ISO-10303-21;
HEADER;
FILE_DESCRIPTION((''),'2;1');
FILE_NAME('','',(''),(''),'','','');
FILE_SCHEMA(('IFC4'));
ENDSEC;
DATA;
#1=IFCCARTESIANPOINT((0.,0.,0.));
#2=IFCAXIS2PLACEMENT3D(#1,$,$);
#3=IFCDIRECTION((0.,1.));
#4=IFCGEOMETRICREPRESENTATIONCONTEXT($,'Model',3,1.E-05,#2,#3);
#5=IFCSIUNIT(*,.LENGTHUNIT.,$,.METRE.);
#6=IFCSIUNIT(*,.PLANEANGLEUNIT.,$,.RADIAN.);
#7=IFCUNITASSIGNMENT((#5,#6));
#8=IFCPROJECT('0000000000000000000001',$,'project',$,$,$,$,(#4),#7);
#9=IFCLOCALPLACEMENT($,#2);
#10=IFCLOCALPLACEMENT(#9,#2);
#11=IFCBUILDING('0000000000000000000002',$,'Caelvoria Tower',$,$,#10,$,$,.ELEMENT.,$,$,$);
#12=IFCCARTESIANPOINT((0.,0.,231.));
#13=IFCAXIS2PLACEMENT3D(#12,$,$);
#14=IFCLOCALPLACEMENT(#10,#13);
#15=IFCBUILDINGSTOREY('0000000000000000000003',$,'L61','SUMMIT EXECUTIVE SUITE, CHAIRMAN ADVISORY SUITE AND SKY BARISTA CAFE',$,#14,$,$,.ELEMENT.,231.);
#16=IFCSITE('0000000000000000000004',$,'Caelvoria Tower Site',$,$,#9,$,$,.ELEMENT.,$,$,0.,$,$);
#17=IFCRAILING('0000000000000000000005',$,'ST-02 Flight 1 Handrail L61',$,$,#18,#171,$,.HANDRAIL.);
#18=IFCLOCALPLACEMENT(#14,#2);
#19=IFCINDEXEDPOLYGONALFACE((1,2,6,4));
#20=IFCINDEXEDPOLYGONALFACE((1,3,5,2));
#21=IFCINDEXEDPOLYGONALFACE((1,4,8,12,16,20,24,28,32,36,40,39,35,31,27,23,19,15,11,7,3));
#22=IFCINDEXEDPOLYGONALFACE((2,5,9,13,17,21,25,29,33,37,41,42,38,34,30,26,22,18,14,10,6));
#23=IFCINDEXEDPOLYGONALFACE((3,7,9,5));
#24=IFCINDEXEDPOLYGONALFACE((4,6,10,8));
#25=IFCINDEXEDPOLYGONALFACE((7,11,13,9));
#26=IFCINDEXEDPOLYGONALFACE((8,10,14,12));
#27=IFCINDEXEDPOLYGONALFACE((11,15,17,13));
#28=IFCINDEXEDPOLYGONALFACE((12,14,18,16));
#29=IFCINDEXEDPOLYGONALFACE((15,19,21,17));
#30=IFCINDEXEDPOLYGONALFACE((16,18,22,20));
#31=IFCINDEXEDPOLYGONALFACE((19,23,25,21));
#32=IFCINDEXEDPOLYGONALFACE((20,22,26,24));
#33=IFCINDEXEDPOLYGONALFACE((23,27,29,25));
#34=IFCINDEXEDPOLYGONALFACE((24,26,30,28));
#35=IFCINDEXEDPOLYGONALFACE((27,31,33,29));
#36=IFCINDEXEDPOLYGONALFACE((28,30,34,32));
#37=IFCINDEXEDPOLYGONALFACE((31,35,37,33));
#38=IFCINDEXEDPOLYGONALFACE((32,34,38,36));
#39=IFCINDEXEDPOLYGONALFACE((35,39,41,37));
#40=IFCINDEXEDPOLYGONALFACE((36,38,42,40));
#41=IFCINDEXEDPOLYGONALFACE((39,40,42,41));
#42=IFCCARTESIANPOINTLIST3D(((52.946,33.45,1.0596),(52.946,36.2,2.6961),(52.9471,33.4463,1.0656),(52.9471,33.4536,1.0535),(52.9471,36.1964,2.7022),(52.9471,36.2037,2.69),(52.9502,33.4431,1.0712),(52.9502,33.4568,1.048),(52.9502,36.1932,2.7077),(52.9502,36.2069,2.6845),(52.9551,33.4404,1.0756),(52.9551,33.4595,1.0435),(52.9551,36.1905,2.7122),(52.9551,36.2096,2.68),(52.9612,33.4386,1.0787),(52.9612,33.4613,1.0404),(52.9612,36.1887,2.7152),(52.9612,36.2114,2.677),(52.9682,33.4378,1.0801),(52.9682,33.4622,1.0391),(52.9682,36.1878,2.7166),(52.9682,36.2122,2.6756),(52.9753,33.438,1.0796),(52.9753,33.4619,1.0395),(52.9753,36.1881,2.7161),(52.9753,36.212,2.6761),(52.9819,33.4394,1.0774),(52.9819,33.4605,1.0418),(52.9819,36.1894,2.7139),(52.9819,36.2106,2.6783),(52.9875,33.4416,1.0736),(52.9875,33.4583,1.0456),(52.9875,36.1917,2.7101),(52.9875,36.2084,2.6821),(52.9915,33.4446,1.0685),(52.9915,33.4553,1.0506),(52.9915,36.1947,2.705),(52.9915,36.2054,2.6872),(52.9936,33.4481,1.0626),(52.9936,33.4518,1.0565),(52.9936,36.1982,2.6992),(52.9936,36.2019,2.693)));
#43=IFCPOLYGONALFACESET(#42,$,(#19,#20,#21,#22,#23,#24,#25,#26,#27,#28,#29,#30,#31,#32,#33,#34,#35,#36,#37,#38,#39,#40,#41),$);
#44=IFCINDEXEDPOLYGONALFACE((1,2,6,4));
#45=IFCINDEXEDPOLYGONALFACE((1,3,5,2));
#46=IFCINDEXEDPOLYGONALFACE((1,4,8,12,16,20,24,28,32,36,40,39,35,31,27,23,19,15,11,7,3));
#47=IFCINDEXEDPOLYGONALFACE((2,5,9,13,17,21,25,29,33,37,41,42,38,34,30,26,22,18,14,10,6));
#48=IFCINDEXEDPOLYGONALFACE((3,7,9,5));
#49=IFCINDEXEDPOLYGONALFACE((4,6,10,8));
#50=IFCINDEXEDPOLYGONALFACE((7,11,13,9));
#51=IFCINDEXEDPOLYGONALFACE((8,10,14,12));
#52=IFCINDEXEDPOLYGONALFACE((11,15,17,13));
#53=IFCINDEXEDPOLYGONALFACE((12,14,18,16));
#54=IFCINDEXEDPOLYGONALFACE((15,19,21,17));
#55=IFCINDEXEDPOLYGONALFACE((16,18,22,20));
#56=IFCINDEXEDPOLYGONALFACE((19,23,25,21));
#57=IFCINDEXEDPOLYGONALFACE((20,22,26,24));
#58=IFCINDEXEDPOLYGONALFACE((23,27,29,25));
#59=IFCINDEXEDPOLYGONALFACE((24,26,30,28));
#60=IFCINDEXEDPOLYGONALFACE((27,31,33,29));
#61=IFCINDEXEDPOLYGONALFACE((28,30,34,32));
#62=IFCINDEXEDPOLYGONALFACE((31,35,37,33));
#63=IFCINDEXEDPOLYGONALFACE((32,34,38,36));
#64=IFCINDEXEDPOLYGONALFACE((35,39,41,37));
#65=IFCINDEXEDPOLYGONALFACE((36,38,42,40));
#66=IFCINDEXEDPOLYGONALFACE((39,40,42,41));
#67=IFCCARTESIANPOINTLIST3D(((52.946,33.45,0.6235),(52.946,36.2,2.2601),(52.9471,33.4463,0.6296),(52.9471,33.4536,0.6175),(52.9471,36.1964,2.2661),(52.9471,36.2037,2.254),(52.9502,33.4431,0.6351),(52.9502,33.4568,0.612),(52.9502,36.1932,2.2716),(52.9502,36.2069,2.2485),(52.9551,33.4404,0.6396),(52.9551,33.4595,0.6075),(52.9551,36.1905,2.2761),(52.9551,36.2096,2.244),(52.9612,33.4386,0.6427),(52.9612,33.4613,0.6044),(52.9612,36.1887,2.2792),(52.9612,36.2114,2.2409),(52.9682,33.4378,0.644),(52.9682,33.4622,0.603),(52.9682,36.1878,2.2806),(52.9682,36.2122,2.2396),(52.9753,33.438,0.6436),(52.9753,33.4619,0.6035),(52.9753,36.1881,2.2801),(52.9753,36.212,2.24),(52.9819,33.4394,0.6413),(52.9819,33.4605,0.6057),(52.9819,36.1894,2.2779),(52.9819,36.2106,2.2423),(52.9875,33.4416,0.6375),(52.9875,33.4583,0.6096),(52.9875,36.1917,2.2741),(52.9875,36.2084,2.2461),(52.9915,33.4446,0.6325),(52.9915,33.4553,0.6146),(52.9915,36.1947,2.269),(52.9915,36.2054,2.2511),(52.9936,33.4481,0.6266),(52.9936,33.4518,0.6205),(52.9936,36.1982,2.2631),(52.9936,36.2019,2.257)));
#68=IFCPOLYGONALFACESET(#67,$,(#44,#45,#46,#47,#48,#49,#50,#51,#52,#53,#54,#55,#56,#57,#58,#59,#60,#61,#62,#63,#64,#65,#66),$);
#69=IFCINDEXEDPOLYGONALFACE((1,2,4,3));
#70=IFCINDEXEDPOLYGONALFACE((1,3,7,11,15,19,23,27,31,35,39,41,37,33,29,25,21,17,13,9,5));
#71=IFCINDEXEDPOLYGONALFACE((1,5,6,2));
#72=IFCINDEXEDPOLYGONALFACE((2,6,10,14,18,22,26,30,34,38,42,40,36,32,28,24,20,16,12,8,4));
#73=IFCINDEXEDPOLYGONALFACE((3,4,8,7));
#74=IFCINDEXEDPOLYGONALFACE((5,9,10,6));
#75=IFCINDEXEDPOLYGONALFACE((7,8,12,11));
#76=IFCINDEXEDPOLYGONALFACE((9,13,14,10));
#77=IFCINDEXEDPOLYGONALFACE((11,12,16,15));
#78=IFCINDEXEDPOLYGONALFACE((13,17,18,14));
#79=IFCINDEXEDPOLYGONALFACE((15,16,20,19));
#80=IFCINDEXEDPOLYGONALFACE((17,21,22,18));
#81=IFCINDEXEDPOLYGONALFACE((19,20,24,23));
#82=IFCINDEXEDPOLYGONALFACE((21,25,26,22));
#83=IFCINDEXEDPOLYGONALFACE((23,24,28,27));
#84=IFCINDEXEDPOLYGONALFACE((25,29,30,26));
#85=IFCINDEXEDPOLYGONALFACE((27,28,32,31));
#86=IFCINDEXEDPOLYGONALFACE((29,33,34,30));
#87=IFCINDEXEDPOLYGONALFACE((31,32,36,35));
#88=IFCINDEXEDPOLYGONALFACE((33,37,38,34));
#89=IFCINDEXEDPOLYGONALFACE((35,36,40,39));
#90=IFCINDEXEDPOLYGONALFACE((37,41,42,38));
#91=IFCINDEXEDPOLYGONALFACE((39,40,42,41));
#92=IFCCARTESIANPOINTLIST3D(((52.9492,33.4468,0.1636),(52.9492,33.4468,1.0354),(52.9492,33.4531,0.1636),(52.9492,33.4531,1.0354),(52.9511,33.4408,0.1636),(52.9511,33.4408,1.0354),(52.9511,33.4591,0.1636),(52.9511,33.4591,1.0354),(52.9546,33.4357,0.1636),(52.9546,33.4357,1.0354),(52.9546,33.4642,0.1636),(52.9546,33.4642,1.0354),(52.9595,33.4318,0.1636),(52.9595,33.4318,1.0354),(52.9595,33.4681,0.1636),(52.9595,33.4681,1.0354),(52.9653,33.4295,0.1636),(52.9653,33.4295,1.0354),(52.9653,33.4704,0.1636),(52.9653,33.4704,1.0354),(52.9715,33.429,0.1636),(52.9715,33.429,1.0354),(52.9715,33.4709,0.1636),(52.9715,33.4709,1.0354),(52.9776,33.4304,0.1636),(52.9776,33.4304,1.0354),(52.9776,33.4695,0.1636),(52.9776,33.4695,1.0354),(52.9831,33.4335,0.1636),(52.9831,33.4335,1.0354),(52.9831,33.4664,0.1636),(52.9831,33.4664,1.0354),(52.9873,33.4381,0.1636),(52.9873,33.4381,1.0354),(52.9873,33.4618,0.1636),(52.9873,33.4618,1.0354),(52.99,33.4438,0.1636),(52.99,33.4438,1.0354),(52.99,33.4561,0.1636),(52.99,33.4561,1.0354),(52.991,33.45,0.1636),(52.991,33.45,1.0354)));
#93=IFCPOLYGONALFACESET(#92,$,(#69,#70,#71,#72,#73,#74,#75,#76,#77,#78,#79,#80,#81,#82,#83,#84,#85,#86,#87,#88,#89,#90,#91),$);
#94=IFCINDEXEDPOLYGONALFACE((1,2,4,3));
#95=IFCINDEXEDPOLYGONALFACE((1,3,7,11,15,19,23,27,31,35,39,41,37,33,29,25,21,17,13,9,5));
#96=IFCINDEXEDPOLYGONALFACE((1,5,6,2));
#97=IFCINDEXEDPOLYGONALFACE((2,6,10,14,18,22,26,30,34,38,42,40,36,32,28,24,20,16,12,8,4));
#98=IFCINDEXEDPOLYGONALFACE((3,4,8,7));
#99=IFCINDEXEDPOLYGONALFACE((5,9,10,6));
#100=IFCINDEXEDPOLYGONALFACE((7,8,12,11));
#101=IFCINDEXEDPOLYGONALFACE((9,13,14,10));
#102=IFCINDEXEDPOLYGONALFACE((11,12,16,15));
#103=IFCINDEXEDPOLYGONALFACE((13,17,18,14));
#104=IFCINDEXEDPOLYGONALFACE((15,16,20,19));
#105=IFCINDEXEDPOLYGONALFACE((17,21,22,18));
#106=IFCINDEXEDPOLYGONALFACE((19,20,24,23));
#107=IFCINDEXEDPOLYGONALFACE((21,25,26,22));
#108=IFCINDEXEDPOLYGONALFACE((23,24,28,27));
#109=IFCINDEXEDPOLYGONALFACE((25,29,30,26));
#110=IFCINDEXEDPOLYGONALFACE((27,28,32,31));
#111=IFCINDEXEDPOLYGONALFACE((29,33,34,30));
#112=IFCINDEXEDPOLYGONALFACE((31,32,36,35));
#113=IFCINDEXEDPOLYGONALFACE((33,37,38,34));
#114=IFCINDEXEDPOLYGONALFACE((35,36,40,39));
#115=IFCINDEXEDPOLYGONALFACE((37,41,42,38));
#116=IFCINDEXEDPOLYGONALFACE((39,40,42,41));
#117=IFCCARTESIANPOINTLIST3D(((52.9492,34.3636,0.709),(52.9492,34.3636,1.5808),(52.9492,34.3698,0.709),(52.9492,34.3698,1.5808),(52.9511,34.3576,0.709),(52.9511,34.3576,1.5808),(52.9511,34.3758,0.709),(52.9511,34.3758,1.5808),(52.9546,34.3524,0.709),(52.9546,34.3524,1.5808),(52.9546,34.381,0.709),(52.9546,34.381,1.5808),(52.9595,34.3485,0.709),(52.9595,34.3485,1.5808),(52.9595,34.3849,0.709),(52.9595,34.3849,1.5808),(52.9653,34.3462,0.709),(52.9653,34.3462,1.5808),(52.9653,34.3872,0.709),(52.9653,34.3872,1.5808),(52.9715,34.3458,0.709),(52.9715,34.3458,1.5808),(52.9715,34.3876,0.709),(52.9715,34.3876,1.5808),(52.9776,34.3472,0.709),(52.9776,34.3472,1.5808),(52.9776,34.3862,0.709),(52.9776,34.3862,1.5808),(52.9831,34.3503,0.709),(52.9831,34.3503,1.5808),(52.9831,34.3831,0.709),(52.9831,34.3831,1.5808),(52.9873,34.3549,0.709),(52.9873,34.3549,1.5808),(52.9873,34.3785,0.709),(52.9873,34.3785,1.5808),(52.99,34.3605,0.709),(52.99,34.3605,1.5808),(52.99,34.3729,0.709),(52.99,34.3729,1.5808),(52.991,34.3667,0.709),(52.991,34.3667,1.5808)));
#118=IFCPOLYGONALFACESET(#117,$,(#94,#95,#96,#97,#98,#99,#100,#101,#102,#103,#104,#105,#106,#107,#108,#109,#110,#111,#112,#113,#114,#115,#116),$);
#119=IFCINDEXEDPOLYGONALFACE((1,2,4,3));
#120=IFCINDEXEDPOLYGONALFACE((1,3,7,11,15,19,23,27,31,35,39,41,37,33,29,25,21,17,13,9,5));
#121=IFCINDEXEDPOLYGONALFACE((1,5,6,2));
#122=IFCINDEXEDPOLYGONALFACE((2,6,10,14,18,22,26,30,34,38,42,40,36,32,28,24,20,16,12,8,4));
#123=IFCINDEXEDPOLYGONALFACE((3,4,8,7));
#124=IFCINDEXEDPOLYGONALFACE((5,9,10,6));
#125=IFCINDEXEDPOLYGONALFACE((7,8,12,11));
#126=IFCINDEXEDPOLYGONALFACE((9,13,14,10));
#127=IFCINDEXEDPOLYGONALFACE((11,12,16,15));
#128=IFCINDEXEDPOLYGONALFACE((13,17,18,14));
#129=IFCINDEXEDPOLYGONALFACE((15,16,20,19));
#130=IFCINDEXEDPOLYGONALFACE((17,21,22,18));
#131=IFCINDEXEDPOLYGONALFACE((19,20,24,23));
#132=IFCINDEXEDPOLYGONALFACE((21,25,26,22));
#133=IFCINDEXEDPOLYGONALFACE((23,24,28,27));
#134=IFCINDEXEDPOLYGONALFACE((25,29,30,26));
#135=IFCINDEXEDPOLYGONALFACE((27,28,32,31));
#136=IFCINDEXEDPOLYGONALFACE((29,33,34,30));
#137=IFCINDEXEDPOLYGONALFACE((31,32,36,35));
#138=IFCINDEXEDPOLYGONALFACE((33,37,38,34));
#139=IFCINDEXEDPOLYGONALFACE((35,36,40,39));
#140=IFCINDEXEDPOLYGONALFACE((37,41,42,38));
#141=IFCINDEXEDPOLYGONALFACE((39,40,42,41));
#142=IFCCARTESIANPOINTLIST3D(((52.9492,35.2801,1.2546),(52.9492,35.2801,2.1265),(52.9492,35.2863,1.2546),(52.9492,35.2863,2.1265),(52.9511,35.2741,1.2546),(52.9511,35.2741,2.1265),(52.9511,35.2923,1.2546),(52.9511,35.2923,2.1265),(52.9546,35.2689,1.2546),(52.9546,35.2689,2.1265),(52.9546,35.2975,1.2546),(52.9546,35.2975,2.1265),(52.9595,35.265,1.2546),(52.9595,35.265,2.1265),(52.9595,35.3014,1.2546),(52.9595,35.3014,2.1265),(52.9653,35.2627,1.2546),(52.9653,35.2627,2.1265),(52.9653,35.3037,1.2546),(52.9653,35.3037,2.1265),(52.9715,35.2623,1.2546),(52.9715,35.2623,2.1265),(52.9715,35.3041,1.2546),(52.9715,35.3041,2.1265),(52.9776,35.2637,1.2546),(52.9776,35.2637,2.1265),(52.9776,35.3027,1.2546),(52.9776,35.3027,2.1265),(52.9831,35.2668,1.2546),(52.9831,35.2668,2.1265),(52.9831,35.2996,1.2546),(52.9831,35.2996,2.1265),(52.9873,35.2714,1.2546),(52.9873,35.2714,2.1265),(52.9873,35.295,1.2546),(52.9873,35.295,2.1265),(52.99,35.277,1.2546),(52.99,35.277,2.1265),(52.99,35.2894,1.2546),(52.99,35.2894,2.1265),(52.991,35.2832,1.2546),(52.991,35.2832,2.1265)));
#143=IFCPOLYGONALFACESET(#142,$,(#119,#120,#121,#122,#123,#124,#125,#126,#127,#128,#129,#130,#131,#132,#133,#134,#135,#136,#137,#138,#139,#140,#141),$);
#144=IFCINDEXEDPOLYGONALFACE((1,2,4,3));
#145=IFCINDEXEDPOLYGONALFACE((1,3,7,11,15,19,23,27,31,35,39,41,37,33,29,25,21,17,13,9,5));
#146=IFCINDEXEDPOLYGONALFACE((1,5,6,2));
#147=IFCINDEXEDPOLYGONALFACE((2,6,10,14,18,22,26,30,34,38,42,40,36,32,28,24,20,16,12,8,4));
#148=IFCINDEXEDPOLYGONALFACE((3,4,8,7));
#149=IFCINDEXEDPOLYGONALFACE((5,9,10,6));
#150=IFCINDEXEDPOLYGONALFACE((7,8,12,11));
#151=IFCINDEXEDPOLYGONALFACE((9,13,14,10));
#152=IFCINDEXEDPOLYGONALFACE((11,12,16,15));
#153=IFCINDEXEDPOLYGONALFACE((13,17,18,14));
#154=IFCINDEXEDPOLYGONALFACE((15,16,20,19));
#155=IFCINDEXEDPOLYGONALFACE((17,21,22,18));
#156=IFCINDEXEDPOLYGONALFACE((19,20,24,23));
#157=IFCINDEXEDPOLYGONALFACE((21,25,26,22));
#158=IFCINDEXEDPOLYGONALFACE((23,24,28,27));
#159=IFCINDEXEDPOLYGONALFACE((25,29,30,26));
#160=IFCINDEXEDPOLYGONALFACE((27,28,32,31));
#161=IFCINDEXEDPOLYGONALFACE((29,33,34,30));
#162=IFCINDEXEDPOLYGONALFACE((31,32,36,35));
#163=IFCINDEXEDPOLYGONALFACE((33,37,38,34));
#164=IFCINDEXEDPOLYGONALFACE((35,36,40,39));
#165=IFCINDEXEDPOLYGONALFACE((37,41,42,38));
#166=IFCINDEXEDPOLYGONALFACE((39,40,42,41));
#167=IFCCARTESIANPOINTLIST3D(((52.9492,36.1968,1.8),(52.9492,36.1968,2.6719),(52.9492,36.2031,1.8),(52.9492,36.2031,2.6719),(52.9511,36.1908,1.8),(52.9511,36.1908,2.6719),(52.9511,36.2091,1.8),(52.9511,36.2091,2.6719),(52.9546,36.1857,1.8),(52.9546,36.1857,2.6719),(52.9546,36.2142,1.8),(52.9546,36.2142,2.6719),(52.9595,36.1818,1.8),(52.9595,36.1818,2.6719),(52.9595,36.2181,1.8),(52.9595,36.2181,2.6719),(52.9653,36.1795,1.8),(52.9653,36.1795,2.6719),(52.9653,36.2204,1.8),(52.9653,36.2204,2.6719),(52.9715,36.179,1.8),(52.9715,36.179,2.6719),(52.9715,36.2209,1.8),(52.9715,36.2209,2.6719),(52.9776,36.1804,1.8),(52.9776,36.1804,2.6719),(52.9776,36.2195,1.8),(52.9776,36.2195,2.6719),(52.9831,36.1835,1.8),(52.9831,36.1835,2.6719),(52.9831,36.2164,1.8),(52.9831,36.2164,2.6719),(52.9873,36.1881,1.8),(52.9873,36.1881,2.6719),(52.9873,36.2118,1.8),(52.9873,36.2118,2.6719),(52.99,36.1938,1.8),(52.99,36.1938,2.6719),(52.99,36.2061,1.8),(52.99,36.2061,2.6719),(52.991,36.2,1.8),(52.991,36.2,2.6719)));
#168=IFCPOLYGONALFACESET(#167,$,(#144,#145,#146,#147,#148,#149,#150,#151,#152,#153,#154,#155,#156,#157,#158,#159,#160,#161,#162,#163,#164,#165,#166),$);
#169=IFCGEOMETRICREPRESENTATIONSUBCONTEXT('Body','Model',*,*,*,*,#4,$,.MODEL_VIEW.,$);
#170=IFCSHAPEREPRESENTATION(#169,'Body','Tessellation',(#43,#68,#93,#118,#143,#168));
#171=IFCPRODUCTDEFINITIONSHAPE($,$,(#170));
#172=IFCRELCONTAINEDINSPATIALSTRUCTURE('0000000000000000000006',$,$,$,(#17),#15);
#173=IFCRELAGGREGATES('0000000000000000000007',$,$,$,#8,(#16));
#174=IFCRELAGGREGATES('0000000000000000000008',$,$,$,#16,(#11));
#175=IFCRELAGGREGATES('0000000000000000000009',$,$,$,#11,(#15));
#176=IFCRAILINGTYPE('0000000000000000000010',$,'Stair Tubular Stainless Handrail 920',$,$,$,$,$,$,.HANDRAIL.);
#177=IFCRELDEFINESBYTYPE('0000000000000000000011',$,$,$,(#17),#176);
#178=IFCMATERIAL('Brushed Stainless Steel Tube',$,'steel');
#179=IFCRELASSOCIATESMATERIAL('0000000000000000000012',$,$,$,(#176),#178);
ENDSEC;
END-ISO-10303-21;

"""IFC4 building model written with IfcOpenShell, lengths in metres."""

from ifc_helpers import new_model, si_unit, direction, frame, origin, origin_2d, place, context, subcontext, project, spatial, circle, extrude, material, type_object, element, save


model = new_model("IFC4")

# Units and contexts
model_context = context("Model", 3, precision=1e-05, world=origin(), true_north=direction((0.0, 1.0)))
body_context = subcontext(model_context, "Body", "Model", "MODEL_VIEW")
ifc_project = project(units=[si_unit("LENGTHUNIT", "METRE"), si_unit("PLANEANGLEUNIT", "RADIAN")], contexts=[model_context])

# Site, building, storey
site_placement = place(None, origin())
site = spatial("IfcSite", under=ifc_project, at=site_placement, Name="Caelvoria Tower Site", CompositionType="ELEMENT", RefElevation=0.0)
building_placement = place(site_placement, origin())
building = spatial("IfcBuilding", under=site, at=building_placement, Name="Caelvoria Tower", CompositionType="ELEMENT")
storey_placement = place(building_placement, frame((0.0, 0.0, 231.0)))
storey = spatial("IfcBuildingStorey", under=building, at=storey_placement, Name="L61", Description="SUMMIT EXECUTIVE SUITE, CHAIRMAN ADVISORY SUITE AND SKY BARISTA CAFE", CompositionType="ELEMENT", Elevation=231.0)

# Railing
ifc_material_1 = material(Name="Brushed Stainless Steel Tube", Category="steel")
railing_type_1 = type_object("IfcRailingType", Name="Stair Tubular Stainless Handrail 920", PredefinedType="HANDRAIL", material=ifc_material_1)
railing_1_placement = place(storey_placement, frame((52.97, 33.45, 0.1636)))
element("IfcRailing", 1, at=railing_1_placement, inside=storey, type_object=railing_type_1, Name="ST-02 Flight 1 Handrail L61", PredefinedType="HANDRAIL", context=body_context, shape_type="SweptSolid", body=[
    extrude(circle(Radius=0.0239, at=origin_2d()), frame((0.0, 0.0, 0.896), z_axis=(0.0, 0.859352, 0.511385), x_axis=(-1.0, 0.0, 0.0)), (0.0, 0.0, 1.0), 3.2002),
    extrude(circle(Radius=0.0239, at=origin_2d()), frame((0.0, 0.0, 0.46), z_axis=(0.0, 0.859352, 0.511385), x_axis=(-1.0, 0.0, 0.0)), (0.0, 0.0, 1.0), 3.2002),
    extrude(circle(Radius=0.021, at=origin_2d()), origin(), (0.0, 0.0, 1.0), 0.8718),
    extrude(circle(Radius=0.021, at=origin_2d()), frame((0.0, 0.9167, 0.5454)), (0.0, 0.0, 1.0), 0.8718),
    extrude(circle(Radius=0.021, at=origin_2d()), frame((0.0, 1.8333, 1.0911)), (0.0, 0.0, 1.0), 0.8718),
    extrude(circle(Radius=0.021, at=origin_2d()), frame((0.0, 2.75, 1.6365)), (0.0, 0.0, 1.0), 0.8718),
])

save(model, "model.ifc")
